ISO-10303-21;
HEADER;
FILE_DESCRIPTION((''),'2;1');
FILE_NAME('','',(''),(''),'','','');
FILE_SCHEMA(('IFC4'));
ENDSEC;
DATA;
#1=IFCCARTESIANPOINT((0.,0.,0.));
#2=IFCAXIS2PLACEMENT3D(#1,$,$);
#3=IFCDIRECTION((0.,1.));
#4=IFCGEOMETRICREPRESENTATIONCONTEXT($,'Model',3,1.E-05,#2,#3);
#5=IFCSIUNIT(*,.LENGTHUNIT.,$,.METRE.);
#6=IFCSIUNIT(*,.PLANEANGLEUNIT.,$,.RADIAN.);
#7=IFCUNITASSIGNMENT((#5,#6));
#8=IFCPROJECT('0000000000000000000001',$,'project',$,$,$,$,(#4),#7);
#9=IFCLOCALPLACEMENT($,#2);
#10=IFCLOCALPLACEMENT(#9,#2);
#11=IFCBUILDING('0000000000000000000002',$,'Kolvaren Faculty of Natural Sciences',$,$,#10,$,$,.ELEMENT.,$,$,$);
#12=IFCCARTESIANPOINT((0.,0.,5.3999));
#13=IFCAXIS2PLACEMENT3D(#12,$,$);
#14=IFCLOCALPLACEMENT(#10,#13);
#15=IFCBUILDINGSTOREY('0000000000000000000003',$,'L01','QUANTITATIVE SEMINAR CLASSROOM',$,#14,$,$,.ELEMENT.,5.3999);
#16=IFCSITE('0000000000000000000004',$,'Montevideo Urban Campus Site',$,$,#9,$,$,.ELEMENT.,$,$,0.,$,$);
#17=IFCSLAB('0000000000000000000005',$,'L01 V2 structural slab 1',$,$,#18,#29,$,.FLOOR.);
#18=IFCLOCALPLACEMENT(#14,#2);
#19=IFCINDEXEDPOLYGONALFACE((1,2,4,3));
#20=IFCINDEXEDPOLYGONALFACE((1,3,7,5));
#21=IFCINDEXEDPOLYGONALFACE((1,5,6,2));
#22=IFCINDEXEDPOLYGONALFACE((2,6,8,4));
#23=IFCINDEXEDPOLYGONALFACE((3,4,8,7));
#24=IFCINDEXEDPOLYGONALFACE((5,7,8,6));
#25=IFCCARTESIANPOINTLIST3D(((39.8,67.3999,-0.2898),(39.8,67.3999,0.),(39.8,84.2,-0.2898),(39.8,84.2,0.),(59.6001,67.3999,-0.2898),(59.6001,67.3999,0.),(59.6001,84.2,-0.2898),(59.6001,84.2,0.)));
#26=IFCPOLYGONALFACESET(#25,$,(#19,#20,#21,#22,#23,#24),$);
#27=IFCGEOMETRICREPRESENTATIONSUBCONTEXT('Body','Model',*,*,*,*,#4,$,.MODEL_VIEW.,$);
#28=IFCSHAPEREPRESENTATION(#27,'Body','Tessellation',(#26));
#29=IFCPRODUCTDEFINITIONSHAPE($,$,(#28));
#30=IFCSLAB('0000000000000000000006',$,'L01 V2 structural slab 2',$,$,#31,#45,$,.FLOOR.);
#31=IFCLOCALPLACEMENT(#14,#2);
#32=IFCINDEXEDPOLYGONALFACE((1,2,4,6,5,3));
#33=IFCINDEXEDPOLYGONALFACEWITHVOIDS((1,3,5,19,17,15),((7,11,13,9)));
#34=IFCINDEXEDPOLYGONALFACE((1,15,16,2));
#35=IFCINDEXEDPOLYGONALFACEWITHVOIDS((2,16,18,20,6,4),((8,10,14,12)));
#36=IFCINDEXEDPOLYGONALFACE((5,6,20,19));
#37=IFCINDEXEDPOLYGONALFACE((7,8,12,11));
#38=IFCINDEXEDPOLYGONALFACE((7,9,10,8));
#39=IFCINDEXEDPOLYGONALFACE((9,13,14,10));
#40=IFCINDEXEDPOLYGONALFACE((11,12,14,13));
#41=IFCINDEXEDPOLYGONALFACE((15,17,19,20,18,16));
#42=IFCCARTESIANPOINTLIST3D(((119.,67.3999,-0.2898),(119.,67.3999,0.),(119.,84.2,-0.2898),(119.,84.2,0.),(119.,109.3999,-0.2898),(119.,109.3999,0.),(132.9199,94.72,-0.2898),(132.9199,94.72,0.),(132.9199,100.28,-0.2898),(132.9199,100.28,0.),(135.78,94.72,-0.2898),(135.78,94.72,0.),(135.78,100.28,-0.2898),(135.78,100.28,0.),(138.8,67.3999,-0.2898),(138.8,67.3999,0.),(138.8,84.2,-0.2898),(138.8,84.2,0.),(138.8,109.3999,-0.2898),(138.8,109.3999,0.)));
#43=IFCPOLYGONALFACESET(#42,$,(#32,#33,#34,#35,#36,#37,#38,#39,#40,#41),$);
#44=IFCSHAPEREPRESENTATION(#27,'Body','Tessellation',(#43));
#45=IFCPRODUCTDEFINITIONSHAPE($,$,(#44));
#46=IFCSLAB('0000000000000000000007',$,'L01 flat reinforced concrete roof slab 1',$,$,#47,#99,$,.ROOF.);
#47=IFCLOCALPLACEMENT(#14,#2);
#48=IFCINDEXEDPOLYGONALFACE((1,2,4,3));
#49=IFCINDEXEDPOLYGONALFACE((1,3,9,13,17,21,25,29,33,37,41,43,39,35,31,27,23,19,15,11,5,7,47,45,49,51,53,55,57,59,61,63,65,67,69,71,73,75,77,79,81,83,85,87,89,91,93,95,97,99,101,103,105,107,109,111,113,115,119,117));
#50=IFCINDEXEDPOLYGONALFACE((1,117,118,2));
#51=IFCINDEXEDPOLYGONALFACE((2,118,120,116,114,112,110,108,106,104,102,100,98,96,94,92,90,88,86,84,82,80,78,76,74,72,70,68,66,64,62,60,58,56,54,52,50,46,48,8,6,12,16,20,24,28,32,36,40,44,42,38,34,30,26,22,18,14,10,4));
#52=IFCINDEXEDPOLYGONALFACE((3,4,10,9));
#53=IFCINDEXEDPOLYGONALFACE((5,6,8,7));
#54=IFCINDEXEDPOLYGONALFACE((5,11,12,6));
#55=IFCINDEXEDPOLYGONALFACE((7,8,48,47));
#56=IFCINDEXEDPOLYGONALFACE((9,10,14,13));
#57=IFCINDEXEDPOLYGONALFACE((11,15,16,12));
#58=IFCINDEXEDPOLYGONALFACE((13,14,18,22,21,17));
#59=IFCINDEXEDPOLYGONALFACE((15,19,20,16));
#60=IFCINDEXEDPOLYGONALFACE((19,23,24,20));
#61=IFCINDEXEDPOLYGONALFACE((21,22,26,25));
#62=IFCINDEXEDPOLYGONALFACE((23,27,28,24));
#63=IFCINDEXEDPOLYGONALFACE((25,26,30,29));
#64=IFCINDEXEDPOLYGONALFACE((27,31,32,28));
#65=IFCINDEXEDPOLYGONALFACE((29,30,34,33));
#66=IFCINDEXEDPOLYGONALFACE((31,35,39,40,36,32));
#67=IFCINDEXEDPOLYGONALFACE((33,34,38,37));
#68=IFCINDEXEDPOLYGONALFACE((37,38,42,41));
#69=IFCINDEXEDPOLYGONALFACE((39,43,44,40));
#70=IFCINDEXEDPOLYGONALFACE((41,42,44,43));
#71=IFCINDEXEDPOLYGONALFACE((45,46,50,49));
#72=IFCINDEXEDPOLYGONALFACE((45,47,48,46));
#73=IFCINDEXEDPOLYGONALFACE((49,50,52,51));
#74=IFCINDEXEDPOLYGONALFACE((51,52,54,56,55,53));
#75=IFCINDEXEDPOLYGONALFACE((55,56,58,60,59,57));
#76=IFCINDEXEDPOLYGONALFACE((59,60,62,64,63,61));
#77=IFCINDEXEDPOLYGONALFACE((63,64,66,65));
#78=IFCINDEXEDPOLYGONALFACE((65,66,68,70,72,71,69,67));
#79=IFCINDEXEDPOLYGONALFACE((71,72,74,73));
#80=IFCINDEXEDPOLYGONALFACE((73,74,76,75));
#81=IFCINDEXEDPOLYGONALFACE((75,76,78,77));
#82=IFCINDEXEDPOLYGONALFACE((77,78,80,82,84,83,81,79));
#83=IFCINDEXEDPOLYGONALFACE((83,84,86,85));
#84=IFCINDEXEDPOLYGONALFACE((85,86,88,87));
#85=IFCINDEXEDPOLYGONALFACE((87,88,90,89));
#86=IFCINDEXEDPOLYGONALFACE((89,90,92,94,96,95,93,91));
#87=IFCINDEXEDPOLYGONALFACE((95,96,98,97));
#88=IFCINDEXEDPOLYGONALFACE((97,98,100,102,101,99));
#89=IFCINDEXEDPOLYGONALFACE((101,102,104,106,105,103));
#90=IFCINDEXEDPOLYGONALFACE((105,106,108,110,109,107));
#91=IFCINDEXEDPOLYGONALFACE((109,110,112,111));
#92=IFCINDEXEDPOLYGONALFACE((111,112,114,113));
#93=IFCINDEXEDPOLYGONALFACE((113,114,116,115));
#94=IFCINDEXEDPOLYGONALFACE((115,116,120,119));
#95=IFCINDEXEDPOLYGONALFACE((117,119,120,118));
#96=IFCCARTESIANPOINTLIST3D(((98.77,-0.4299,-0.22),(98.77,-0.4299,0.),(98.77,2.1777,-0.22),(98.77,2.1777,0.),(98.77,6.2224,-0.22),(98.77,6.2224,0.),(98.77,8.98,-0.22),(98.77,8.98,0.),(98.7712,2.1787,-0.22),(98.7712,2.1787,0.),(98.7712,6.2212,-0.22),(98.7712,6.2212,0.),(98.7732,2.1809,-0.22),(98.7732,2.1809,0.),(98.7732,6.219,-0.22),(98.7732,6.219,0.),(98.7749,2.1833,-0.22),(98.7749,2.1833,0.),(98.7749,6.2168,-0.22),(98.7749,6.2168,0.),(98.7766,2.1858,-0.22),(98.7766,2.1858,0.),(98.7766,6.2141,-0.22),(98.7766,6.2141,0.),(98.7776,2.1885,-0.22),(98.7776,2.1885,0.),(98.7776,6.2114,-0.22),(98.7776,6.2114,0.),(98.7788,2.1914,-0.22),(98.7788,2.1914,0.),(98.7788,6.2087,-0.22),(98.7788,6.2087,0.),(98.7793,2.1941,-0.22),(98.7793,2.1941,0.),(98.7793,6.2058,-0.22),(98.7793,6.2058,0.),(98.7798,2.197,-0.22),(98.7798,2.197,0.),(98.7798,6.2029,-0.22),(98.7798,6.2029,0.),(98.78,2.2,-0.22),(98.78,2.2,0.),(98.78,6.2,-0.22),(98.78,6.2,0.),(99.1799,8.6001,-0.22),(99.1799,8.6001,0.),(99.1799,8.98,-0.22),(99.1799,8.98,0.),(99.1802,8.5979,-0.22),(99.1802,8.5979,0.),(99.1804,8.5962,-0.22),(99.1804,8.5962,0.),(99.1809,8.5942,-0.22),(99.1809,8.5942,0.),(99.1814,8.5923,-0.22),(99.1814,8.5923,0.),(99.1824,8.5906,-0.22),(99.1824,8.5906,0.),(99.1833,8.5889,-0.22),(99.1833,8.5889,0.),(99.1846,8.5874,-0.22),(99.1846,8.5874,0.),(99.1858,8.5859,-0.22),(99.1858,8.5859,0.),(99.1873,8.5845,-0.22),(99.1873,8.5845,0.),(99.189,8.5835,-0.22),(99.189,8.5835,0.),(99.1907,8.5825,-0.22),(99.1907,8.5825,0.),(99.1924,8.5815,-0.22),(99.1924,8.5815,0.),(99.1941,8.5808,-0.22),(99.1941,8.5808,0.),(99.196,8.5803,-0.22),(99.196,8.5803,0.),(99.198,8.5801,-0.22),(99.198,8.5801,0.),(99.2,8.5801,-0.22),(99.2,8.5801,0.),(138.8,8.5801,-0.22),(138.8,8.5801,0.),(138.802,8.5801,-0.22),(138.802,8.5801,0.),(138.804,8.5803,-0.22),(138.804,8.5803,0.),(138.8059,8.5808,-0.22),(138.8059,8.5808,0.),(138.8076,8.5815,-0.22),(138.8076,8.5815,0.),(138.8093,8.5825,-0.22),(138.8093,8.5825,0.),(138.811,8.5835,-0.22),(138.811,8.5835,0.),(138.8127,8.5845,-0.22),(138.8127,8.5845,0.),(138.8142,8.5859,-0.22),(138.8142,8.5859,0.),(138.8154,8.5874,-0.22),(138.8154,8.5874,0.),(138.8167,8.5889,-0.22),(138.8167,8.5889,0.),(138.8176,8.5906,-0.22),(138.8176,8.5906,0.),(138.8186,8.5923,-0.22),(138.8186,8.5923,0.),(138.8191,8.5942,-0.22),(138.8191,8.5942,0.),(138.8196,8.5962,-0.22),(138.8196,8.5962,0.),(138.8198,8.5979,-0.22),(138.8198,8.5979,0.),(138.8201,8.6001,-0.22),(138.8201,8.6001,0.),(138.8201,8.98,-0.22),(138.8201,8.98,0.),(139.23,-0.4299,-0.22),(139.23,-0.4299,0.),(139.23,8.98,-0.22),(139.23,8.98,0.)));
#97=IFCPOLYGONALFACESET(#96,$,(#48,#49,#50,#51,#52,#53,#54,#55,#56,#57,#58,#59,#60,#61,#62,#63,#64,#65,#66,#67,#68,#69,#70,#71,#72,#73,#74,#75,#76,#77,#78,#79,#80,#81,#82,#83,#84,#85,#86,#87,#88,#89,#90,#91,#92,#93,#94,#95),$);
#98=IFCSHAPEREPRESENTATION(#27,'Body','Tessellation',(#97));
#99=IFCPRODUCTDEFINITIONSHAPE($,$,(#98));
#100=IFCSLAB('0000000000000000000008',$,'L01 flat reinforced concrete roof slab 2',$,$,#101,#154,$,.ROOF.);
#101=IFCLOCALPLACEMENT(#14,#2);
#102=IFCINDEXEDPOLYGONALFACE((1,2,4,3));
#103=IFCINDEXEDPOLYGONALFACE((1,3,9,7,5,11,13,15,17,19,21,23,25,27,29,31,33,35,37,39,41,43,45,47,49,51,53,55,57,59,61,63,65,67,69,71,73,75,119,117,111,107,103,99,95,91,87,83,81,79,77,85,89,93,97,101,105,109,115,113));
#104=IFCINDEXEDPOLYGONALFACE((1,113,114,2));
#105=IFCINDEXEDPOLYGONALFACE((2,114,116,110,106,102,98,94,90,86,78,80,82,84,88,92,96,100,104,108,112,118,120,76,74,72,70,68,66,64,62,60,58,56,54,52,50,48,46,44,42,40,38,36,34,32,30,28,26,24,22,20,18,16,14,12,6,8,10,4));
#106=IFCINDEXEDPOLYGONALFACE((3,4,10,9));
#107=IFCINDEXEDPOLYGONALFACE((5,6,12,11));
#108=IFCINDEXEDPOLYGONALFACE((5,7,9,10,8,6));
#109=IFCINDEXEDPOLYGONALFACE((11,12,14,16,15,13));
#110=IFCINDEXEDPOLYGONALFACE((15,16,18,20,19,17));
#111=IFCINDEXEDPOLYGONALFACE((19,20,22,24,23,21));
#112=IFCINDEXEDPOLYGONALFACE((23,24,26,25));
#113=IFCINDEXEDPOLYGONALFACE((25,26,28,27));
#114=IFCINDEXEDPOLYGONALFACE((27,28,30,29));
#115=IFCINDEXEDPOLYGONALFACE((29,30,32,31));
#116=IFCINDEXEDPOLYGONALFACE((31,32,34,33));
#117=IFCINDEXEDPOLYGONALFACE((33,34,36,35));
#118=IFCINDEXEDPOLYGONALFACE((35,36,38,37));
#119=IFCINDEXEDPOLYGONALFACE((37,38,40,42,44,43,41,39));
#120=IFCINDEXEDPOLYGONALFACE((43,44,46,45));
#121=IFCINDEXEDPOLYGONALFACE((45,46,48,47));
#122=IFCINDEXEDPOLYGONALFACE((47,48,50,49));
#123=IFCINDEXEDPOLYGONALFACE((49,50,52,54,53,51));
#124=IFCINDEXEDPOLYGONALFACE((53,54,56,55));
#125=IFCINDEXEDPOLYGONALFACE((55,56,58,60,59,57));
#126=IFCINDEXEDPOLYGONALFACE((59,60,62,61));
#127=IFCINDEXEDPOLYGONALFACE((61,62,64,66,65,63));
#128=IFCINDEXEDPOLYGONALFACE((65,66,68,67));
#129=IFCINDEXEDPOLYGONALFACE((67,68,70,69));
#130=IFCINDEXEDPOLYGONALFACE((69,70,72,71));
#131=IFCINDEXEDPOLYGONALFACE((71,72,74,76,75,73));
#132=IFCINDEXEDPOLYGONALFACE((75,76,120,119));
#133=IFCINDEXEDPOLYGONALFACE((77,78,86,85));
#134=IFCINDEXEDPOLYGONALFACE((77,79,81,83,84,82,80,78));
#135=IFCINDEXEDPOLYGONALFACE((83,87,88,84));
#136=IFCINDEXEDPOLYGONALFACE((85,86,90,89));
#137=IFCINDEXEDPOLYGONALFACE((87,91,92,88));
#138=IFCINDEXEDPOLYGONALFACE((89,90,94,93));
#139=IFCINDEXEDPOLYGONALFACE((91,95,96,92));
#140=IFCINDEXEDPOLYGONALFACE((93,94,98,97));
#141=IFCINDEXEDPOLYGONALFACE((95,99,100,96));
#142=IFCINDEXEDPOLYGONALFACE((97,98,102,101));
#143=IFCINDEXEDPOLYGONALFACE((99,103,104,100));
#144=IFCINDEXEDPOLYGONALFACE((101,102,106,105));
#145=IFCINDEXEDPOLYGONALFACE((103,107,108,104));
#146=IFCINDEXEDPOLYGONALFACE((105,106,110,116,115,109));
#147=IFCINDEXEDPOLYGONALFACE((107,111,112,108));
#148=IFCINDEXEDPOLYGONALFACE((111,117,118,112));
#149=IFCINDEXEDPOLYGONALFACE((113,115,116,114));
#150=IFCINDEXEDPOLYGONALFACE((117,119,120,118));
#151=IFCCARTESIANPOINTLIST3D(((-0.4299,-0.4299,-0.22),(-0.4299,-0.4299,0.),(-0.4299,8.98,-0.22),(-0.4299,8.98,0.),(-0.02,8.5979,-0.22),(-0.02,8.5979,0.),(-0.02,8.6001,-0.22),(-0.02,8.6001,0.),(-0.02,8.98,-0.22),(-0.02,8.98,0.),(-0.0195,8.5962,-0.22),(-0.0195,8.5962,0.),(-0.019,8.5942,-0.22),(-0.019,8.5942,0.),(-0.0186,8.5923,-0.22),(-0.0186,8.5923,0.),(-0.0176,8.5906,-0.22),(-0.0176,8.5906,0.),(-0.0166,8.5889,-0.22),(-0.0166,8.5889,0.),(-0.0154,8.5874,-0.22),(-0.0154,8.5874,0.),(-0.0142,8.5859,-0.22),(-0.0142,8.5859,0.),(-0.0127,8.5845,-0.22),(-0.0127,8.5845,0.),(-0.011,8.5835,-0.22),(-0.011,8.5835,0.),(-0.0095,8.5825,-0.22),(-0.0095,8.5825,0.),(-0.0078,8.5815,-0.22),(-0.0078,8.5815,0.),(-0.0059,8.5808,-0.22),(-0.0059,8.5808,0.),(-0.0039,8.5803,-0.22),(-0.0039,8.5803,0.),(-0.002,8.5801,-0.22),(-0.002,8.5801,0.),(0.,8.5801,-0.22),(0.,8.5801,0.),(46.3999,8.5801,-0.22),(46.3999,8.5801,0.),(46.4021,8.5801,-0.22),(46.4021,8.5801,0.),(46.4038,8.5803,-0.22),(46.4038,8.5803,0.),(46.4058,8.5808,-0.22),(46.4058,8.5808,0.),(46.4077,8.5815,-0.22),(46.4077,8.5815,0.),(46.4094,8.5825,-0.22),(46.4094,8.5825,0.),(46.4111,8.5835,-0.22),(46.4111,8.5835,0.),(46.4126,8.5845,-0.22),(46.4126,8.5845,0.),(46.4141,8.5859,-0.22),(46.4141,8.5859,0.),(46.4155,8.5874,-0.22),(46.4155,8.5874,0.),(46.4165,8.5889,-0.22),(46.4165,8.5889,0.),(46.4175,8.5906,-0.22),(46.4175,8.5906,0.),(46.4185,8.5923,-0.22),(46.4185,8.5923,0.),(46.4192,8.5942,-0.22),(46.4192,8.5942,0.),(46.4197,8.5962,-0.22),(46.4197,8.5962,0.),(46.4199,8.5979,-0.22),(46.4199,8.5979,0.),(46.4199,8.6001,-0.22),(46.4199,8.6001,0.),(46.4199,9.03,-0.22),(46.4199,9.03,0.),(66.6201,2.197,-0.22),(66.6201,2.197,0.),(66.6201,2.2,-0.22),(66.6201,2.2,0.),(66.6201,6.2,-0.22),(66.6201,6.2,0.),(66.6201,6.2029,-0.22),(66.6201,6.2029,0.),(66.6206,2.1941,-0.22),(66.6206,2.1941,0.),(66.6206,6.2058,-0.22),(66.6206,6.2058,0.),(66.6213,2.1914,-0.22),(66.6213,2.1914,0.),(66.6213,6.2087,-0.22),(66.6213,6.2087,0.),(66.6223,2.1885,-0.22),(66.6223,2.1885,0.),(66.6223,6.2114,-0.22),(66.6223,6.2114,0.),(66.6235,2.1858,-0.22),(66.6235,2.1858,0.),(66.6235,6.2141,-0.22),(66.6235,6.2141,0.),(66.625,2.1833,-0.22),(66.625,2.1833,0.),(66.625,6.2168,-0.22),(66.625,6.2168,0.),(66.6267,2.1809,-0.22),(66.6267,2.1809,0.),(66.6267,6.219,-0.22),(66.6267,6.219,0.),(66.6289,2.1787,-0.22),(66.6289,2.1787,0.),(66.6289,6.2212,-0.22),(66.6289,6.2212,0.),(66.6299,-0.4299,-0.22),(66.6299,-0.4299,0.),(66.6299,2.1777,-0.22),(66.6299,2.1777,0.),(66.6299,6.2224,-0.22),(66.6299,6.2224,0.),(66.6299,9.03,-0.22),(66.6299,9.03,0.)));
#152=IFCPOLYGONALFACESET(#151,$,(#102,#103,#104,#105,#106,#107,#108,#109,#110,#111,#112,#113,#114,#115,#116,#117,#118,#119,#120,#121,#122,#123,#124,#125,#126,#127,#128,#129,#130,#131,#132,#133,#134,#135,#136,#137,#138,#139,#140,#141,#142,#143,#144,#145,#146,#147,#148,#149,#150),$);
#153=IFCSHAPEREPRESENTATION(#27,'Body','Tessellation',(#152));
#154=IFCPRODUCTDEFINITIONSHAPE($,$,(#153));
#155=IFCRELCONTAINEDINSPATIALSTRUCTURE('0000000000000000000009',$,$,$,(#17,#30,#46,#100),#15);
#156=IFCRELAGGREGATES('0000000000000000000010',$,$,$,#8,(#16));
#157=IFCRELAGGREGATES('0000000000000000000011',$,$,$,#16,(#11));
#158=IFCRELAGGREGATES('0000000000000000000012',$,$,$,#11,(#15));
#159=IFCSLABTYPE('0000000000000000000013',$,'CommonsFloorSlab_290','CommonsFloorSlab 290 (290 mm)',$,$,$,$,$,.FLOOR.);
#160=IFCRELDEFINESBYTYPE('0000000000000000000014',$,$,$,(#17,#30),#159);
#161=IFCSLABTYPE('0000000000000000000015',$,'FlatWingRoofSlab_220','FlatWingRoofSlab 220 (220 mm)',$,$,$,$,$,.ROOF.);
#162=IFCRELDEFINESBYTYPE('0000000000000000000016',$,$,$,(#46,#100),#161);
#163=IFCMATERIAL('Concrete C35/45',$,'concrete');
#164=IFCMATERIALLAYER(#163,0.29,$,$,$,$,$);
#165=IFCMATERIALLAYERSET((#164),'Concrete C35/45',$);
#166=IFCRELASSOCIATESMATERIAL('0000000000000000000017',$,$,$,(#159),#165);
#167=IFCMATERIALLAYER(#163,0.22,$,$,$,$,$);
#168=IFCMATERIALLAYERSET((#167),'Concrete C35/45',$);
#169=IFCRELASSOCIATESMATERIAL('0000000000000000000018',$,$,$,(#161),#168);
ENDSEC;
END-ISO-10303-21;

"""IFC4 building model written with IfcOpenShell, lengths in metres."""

from ifc_helpers import new_model, si_unit, direction, frame, origin, place, context, subcontext, project, spatial, polyline, outline, extrude, material, layer, layer_set, type_object, element, save


model = new_model("IFC4")

# Units and contexts
model_context = context("Model", 3, precision=1e-05, world=origin(), true_north=direction((0.0, 1.0)))
body_context = subcontext(model_context, "Body", "Model", "MODEL_VIEW")
ifc_project = project(units=[si_unit("LENGTHUNIT", "METRE"), si_unit("PLANEANGLEUNIT", "RADIAN")], contexts=[model_context])

# Site, building, storey
site_placement = place(None, origin())
site = spatial("IfcSite", under=ifc_project, at=site_placement, Name="Montevideo Urban Campus Site", CompositionType="ELEMENT", RefElevation=0.0)
building_placement = place(site_placement, origin())
building = spatial("IfcBuilding", under=site, at=building_placement, Name="Kolvaren Faculty of Natural Sciences", CompositionType="ELEMENT")
storey_placement = place(building_placement, frame((0.0, 0.0, 5.3999)))
storey = spatial("IfcBuildingStorey", under=building, at=storey_placement, Name="L01", Description="QUANTITATIVE SEMINAR CLASSROOM", CompositionType="ELEMENT", Elevation=5.3999)

# Slabs
ifc_material_1 = material(Name="Concrete C35/45", Category="concrete")
ifc_layer_1 = layer(ifc_material_1, 0.29)
ifc_layer_set_1 = layer_set([ifc_layer_1], Name="Concrete C35/45")
slab_type_1 = type_object("IfcSlabType", Name="CommonsFloorSlab_290", Description="CommonsFloorSlab 290 (290 mm)", PredefinedType="FLOOR", material=ifc_layer_set_1)
slab_1_placement = place(storey_placement, frame((0.0, 0.0, -0.2898)))
element("IfcSlab", 1, at=slab_1_placement, inside=storey, type_object=slab_type_1, Name="L01 V2 structural slab 1", PredefinedType="FLOOR", context=body_context, shape_type="SweptSolid", body=[
    extrude(outline(polyline([(39.8, 84.2), (59.6001, 84.2), (59.6001, 67.3999), (39.8, 67.3999), (39.8, 84.2)])), origin(), (0.0, 0.0, 1.0), 0.2898),
])
slab_2_placement = place(storey_placement, frame((0.0, 0.0, -0.2898)))
element("IfcSlab", 2, at=slab_2_placement, inside=storey, type_object=slab_type_1, Name="L01 V2 structural slab 2", PredefinedType="FLOOR", context=body_context, shape_type="SweptSolid", body=[
    extrude(outline(polyline([(119.0, 84.2), (119.0, 109.3999), (138.8, 109.3999), (138.8, 84.2), (138.8, 67.3999), (119.0, 67.3999), (119.0, 84.2)]), holes=[polyline([(135.78, 94.72), (135.78, 100.28), (132.9199, 100.28), (132.9199, 94.72), (135.78, 94.72)])]), origin(), (0.0, 0.0, 1.0), 0.2898),
])
ifc_layer_2 = layer(ifc_material_1, 0.22)
ifc_layer_set_2 = layer_set([ifc_layer_2], Name="Concrete C35/45")
slab_type_2 = type_object("IfcSlabType", Name="FlatWingRoofSlab_220", Description="FlatWingRoofSlab 220 (220 mm)", PredefinedType="ROOF", material=ifc_layer_set_2)
slab_3_placement = place(storey_placement, frame((0.0, 0.0, -0.22)))
element("IfcSlab", 3, at=slab_3_placement, inside=storey, type_object=slab_type_2, Name="L01 flat reinforced concrete roof slab 1", PredefinedType="ROOF", context=body_context, shape_type="SweptSolid", body=[
    extrude(outline(polyline([(99.1802, 8.5979), (99.1804, 8.5962), (99.1809, 8.5942), (99.1814, 8.5923), (99.1824, 8.5906), (99.1833, 8.5889), (99.1846, 8.5874), (99.1858, 8.5859), (99.1873, 8.5845), (99.189, 8.5835), (99.1907, 8.5825), (99.1924, 8.5815), (99.1941, 8.5808), (99.196, 8.5803), (99.198, 8.5801), (99.2, 8.5801), (138.8, 8.5801), (138.802, 8.5801), (138.804, 8.5803), (138.8059, 8.5808), (138.8076, 8.5815), (138.8093, 8.5825), (138.811, 8.5835), (138.8127, 8.5845), (138.8142, 8.5859), (138.8154, 8.5874), (138.8167, 8.5889), (138.8176, 8.5906), (138.8186, 8.5923), (138.8191, 8.5942), (138.8196, 8.5962), (138.8198, 8.5979), (138.8201, 8.6001), (138.8201, 8.98), (139.23, 8.98), (139.23, -0.4299), (98.77, -0.4299), (98.77, 2.1777), (98.7712, 2.1787), (98.7732, 2.1809), (98.7749, 2.1833), (98.7766, 2.1858), (98.7776, 2.1885), (98.7788, 2.1914), (98.7793, 2.1941), (98.7798, 2.197), (98.78, 2.2), (98.78, 6.2), (98.7798, 6.2029), (98.7793, 6.2058), (98.7788, 6.2087), (98.7776, 6.2114), (98.7766, 6.2141), (98.7749, 6.2168), (98.7732, 6.219), (98.7712, 6.2212), (98.77, 6.2224), (98.77, 8.98), (99.1799, 8.98), (99.1799, 8.6001), (99.1802, 8.5979)])), origin(), (0.0, 0.0, 1.0), 0.22),
])
slab_4_placement = place(storey_placement, frame((0.0, 0.0, -0.22)))
element("IfcSlab", 4, at=slab_4_placement, inside=storey, type_object=slab_type_2, Name="L01 flat reinforced concrete roof slab 2", PredefinedType="ROOF", context=body_context, shape_type="SweptSolid", body=[
    extrude(outline(polyline([(-0.4299, -0.4299), (-0.4299, 8.98), (-0.02, 8.98), (-0.02, 8.6001), (-0.02, 8.5979), (-0.0195, 8.5962), (-0.019, 8.5942), (-0.0186, 8.5923), (-0.0176, 8.5906), (-0.0166, 8.5889), (-0.0154, 8.5874), (-0.0142, 8.5859), (-0.0127, 8.5845), (-0.011, 8.5835), (-0.0095, 8.5825), (-0.0078, 8.5815), (-0.0059, 8.5808), (-0.0039, 8.5803), (-0.002, 8.5801), (0.0, 8.5801), (46.3999, 8.5801), (46.4021, 8.5801), (46.4038, 8.5803), (46.4058, 8.5808), (46.4077, 8.5815), (46.4094, 8.5825), (46.4111, 8.5835), (46.4126, 8.5845), (46.4141, 8.5859), (46.4155, 8.5874), (46.4165, 8.5889), (46.4175, 8.5906), (46.4185, 8.5923), (46.4192, 8.5942), (46.4197, 8.5962), (46.4199, 8.5979), (46.4199, 8.6001), (46.4199, 9.03), (66.6299, 9.03), (66.6299, 6.2224), (66.6289, 6.2212), (66.6267, 6.219), (66.625, 6.2168), (66.6235, 6.2141), (66.6223, 6.2114), (66.6213, 6.2087), (66.6206, 6.2058), (66.6201, 6.2029), (66.6201, 6.2), (66.6201, 2.2), (66.6201, 2.197), (66.6206, 2.1941), (66.6213, 2.1914), (66.6223, 2.1885), (66.6235, 2.1858), (66.625, 2.1833), (66.6267, 2.1809), (66.6289, 2.1787), (66.6299, 2.1777), (66.6299, -0.4299), (-0.4299, -0.4299)])), origin(), (0.0, 0.0, 1.0), 0.22),
])

save(model, "model.ifc")
